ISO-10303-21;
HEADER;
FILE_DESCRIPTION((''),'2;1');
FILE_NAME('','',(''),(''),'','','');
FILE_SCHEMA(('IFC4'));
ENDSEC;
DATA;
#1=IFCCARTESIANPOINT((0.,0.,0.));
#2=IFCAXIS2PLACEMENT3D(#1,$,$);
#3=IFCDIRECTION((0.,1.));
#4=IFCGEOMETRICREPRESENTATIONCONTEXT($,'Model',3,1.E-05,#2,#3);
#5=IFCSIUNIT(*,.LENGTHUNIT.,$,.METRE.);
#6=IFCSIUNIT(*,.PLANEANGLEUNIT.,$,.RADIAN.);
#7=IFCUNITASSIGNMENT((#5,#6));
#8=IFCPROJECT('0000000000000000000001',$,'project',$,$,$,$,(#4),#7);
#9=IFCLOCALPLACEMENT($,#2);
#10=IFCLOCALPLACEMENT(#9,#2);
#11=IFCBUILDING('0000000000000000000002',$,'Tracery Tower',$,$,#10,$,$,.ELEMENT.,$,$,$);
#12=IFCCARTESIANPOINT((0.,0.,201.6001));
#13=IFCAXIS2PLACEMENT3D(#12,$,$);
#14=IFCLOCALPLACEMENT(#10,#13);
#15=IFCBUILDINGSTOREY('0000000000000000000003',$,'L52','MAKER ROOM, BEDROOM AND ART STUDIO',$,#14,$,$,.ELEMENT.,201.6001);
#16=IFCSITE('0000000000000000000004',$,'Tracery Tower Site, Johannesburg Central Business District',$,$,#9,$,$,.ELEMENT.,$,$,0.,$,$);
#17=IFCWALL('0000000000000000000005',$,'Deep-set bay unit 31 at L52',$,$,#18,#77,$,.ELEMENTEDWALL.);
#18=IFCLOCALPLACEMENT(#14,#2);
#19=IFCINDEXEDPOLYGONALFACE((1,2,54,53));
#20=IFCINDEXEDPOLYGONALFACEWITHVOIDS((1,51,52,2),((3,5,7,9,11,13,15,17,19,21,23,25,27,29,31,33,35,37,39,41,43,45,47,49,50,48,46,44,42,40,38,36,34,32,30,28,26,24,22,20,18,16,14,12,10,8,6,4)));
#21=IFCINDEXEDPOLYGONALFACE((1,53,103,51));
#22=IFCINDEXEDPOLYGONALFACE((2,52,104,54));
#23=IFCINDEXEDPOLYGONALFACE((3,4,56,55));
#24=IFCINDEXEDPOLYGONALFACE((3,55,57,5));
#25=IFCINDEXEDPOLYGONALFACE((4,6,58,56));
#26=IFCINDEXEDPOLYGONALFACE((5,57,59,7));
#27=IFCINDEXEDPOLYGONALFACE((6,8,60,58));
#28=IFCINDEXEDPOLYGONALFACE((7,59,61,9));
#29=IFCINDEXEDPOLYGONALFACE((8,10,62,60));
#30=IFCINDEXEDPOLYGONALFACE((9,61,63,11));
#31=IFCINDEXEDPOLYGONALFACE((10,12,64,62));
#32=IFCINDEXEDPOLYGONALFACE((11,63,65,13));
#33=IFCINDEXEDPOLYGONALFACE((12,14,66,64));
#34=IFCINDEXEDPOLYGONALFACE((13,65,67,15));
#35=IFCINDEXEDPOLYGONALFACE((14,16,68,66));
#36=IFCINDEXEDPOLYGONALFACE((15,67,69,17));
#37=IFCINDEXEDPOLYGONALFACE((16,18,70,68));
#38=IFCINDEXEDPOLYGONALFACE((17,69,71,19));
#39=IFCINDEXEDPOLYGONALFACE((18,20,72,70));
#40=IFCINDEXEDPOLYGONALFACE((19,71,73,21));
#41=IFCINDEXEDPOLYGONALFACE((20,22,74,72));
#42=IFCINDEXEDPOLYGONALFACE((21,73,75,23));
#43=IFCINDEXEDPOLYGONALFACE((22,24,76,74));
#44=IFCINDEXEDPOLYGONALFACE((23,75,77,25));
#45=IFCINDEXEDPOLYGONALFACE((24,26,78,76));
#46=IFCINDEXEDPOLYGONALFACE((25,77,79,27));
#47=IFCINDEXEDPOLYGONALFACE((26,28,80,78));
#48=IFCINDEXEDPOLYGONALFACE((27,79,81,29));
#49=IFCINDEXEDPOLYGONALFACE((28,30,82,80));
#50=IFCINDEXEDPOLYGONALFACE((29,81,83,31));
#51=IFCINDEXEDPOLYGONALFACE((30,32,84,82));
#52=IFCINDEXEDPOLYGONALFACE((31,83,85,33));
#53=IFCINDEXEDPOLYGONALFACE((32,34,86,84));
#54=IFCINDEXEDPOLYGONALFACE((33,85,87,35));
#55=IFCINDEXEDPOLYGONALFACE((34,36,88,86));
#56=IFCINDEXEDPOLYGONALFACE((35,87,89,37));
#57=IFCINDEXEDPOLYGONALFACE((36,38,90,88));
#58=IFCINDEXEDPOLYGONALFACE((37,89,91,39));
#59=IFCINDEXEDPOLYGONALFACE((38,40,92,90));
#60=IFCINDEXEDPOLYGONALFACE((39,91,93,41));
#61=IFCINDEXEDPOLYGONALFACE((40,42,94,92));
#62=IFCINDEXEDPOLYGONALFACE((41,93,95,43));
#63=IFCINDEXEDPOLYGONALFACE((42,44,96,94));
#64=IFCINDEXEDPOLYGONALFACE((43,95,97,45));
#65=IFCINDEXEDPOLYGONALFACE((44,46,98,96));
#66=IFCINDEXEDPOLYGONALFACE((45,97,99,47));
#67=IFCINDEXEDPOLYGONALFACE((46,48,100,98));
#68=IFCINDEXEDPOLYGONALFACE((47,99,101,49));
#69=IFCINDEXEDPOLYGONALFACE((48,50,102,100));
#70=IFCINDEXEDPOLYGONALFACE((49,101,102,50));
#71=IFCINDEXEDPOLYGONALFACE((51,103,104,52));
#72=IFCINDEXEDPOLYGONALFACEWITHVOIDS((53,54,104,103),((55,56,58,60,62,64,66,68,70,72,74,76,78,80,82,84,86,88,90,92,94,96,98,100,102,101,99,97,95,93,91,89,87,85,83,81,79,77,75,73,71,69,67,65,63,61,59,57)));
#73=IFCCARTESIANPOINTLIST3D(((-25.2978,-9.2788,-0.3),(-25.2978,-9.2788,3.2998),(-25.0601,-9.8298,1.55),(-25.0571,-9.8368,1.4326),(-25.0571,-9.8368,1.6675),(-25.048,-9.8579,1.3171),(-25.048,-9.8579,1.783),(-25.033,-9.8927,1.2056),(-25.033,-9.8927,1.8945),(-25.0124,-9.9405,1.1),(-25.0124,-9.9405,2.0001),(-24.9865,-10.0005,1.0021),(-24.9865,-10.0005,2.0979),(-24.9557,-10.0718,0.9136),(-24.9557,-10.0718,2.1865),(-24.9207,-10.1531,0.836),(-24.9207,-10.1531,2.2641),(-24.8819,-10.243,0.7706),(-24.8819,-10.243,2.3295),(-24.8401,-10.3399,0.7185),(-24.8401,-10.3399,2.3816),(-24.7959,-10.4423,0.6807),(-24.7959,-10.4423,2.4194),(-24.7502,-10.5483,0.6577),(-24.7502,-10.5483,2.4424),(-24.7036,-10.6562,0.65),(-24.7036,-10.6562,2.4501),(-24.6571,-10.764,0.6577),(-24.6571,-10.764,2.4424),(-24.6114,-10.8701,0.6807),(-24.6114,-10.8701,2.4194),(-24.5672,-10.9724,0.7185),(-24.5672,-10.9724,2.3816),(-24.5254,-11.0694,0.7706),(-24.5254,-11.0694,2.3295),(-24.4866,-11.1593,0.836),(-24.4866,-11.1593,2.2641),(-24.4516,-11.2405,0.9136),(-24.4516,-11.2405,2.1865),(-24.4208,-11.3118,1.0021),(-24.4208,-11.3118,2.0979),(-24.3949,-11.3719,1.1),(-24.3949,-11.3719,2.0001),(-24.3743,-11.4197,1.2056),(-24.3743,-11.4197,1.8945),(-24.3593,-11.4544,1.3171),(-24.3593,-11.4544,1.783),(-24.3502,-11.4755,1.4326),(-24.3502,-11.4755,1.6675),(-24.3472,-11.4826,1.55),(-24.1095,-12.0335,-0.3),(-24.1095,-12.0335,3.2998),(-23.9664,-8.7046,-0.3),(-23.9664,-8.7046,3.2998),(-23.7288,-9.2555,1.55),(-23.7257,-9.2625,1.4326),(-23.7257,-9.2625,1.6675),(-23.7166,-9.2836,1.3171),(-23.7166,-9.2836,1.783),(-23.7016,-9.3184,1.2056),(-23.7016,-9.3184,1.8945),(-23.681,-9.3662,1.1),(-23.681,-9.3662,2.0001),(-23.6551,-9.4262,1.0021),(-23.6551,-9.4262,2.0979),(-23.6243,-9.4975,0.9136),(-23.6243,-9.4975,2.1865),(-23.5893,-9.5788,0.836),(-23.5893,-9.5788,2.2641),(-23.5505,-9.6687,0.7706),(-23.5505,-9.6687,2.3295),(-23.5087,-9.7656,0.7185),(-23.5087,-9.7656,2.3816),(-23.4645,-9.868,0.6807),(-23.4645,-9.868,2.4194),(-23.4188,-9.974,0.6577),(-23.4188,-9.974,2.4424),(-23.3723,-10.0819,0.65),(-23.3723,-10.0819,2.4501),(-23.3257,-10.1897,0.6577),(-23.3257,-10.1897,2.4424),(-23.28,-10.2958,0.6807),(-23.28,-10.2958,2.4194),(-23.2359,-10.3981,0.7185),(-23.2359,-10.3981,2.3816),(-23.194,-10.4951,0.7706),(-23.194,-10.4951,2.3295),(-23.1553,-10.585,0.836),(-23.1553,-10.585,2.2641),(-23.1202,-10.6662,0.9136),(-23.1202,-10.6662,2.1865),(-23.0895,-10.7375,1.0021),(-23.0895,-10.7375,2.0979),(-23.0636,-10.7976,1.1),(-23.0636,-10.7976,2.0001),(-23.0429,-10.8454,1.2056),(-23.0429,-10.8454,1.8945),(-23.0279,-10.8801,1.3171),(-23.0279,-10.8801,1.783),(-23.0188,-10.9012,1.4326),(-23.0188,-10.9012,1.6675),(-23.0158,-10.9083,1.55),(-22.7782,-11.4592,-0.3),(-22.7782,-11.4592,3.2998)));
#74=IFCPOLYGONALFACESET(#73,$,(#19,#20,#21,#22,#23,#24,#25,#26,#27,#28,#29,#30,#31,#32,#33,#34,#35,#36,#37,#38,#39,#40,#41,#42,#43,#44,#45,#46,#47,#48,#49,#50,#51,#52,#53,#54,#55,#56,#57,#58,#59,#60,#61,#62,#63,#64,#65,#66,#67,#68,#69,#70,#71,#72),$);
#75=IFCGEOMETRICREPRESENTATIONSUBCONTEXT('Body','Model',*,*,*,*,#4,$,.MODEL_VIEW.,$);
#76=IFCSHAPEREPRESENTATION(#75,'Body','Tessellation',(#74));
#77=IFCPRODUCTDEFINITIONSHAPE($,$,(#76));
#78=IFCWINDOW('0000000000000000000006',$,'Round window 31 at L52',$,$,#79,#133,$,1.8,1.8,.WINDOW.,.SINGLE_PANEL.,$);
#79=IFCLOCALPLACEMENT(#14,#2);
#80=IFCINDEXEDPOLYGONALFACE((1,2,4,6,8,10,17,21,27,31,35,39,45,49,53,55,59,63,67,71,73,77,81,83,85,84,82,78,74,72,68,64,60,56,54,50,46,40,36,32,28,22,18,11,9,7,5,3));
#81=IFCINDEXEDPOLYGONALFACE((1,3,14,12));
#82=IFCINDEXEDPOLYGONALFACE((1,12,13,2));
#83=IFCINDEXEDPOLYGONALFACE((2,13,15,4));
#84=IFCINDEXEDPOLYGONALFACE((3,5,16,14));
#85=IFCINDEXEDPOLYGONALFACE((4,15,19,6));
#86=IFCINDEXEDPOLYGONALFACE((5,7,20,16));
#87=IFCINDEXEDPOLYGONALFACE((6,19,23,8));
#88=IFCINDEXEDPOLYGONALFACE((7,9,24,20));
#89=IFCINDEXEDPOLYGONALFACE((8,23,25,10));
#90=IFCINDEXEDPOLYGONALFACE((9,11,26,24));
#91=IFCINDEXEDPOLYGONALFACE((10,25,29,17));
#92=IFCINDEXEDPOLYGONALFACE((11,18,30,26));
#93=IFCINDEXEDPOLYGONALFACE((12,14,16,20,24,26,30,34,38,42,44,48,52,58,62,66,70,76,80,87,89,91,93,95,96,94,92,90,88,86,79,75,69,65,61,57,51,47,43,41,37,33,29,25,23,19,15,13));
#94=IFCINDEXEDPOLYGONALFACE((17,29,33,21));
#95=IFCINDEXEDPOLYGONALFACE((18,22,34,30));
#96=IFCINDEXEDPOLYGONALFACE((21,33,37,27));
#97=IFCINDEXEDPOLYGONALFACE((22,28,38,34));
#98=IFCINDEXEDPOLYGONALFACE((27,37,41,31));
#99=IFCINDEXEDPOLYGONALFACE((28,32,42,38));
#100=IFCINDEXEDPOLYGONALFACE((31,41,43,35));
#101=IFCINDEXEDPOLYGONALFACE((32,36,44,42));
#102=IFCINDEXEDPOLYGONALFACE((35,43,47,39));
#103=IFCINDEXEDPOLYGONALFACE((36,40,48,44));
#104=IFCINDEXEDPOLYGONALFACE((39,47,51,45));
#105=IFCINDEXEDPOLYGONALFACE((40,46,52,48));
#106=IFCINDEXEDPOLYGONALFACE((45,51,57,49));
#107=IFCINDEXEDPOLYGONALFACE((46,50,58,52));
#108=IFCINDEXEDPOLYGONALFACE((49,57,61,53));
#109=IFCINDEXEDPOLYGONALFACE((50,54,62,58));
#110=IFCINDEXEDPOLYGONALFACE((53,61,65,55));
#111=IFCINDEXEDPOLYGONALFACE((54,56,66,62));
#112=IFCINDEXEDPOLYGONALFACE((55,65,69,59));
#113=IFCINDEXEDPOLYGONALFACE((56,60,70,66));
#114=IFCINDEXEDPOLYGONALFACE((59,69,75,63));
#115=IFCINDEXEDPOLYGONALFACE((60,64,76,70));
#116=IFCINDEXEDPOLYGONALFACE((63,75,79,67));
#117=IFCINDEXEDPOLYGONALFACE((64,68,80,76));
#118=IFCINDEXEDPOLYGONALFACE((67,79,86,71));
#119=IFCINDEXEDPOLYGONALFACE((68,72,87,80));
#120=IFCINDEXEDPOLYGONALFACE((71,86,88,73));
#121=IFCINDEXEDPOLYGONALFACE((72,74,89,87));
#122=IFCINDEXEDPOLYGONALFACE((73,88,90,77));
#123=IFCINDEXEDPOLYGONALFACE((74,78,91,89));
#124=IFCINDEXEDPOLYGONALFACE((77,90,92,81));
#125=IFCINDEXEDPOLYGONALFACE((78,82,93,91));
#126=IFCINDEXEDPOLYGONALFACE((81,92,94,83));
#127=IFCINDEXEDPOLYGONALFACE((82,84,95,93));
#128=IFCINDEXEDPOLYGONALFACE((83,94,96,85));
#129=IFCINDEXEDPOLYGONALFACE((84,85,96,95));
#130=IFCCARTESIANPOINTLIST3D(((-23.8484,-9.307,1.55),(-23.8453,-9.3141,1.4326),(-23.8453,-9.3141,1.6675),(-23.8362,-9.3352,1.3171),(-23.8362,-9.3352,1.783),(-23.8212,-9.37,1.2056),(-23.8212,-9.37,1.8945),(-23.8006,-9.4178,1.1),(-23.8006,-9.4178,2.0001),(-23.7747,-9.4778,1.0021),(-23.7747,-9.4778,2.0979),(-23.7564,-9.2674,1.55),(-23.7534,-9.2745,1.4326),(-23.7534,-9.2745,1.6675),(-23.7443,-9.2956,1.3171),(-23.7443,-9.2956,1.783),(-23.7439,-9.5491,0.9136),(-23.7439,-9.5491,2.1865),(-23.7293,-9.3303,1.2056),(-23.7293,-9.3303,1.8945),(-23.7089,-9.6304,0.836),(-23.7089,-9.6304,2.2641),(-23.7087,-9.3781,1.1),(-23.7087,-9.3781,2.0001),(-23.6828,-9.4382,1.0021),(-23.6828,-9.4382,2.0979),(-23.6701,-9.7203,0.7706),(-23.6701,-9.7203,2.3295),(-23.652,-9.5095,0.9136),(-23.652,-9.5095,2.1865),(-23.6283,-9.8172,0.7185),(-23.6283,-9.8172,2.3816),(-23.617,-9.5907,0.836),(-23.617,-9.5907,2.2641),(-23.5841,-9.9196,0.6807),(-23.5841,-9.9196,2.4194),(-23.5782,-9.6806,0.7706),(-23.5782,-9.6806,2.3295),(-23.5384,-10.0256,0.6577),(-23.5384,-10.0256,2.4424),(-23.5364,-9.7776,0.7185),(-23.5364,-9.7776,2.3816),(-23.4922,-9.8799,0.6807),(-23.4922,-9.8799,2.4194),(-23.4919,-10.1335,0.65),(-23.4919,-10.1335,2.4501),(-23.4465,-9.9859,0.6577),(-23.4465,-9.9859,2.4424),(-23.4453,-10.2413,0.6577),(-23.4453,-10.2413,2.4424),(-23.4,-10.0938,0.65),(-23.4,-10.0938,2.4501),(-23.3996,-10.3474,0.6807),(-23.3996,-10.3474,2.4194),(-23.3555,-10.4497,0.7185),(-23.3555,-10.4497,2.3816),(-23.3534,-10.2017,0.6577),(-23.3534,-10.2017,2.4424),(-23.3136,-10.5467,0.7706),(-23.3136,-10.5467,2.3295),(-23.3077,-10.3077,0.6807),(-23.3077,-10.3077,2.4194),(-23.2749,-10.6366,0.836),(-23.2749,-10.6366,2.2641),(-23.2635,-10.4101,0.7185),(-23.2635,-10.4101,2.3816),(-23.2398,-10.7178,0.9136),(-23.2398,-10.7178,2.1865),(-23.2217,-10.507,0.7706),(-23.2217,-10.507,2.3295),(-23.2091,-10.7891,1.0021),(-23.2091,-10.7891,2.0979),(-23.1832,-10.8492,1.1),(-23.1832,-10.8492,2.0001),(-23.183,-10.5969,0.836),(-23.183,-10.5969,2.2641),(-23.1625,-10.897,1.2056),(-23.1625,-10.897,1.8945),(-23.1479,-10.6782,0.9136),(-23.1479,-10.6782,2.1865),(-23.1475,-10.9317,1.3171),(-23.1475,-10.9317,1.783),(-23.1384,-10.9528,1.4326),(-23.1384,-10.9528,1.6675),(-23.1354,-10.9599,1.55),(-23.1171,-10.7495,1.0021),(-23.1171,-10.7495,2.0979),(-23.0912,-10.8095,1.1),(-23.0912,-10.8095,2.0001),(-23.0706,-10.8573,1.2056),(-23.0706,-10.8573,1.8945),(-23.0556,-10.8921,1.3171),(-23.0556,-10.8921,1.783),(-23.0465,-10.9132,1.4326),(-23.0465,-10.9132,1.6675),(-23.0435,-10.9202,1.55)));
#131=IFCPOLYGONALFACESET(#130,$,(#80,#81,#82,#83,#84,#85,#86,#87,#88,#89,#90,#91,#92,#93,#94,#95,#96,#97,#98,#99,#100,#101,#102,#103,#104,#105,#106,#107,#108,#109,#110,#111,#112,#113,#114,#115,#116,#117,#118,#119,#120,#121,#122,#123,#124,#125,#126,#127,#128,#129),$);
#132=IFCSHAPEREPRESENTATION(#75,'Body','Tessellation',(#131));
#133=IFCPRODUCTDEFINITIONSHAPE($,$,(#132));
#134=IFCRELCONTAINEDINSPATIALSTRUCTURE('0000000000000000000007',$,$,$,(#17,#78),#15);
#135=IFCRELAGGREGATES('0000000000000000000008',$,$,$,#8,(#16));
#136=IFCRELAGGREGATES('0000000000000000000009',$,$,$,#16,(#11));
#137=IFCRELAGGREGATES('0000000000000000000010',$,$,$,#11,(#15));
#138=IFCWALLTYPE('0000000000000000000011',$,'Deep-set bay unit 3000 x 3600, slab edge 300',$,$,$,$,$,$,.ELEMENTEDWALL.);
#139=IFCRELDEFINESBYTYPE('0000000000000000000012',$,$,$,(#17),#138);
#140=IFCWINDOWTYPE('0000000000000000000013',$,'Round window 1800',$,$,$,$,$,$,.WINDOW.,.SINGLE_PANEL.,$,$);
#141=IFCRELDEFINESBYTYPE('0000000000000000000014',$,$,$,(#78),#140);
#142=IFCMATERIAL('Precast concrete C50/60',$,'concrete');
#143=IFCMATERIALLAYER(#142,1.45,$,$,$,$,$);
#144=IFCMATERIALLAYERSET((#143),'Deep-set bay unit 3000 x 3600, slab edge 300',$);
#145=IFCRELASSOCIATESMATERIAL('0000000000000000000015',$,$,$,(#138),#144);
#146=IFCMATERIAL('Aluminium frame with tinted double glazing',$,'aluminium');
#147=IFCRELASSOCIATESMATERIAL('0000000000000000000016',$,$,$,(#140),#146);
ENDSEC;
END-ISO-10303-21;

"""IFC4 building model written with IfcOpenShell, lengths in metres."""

from ifc_helpers import new_model, si_unit, direction, frame, frame_2d, origin, origin_2d, place, context, subcontext, project, spatial, rectangle, circle, extrude, material, layer, layer_set, type_object, element, fill, save


model = new_model("IFC4")

# Units and contexts
model_context = context("Model", 3, precision=1e-05, world=origin(), true_north=direction((0.0, 1.0)))
body_context = subcontext(model_context, "Body", "Model", "MODEL_VIEW")
ifc_project = project(units=[si_unit("LENGTHUNIT", "METRE"), si_unit("PLANEANGLEUNIT", "RADIAN")], contexts=[model_context])

# Site, building, storey
site_placement = place(None, origin())
site = spatial("IfcSite", under=ifc_project, at=site_placement, Name="Tracery Tower Site, Johannesburg Central Business District", CompositionType="ELEMENT", RefElevation=0.0)
building_placement = place(site_placement, origin())
building = spatial("IfcBuilding", under=site, at=building_placement, Name="Tracery Tower", CompositionType="ELEMENT")
storey_placement = place(building_placement, frame((0.0, 0.0, 201.6001)))
storey = spatial("IfcBuildingStorey", under=building, at=storey_placement, Name="L52", Description="MAKER ROOM, BEDROOM AND ART STUDIO", CompositionType="ELEMENT", Elevation=201.6001)

# Wall, opening, window
ifc_material_1 = material(Name="Precast concrete C50/60", Category="concrete")
ifc_layer_1 = layer(ifc_material_1, 1.45)
ifc_layer_set_1 = layer_set([ifc_layer_1], Name="Deep-set bay unit 3000 x 3600, slab edge 300")
wall_type_1 = type_object("IfcWallType", Name="Deep-set bay unit 3000 x 3600, slab edge 300", PredefinedType="ELEMENTEDWALL", material=ifc_layer_set_1)
wall_1_placement = place(storey_placement, frame((-24.6321, -8.9917, -0.3), z_axis=(0.0, 0.0, 1.0), x_axis=(0.396079, -0.918216, 0.0)))
wall_1 = element("IfcWall", 1, at=wall_1_placement, inside=storey, type_object=wall_type_1, Name="Deep-set bay unit 31 at L52", PredefinedType="ELEMENTEDWALL", context=body_context, shape_type="SweptSolid", body=[
    extrude(rectangle(XDim=3.0, YDim=1.45, at=frame_2d((1.5, 0.0))), origin(), (0.0, 0.0, 1.0), 3.5999),
])
opening_1_placement = place(wall_1_placement, frame((1.5, 0.0, 1.8501)))
opening_1 = element("IfcOpeningElement", 2, at=opening_1_placement, cuts=wall_1, PredefinedType="OPENING", context=body_context, shape_type="SweptSolid", body=[
    extrude(circle(Radius=0.9, at=origin_2d()), frame((0.0, 0.7349, 0.0), z_axis=(0.0, -1.0, 0.0), x_axis=(1.0, 0.0, 0.0)), (0.0, 0.0, 1.0), 1.47),
])
ifc_material_2 = material(Name="Aluminium frame with tinted double glazing", Category="aluminium")
window_type = type_object("IfcWindowType", Name="Round window 1800", PartitioningType="SINGLE_PANEL", PredefinedType="WINDOW", material=ifc_material_2)
window_1_placement = place(opening_1_placement, origin())
window_1 = element("IfcWindow", 3, at=window_1_placement, inside=storey, type_object=window_type, Name="Round window 31 at L52", OverallHeight=1.8, OverallWidth=1.8, PartitioningType="SINGLE_PANEL", PredefinedType="WINDOW", context=body_context, shape_type="SweptSolid", body=[
    extrude(circle(Radius=0.9, at=origin_2d()), frame((0.0, 0.6948, 0.0), z_axis=(0.0, -1.0, 0.0), x_axis=(1.0, 0.0, 0.0)), (0.0, 0.0, 1.0), 0.1001),
])
fill(opening_1, window_1)

save(model, "model.ifc")
